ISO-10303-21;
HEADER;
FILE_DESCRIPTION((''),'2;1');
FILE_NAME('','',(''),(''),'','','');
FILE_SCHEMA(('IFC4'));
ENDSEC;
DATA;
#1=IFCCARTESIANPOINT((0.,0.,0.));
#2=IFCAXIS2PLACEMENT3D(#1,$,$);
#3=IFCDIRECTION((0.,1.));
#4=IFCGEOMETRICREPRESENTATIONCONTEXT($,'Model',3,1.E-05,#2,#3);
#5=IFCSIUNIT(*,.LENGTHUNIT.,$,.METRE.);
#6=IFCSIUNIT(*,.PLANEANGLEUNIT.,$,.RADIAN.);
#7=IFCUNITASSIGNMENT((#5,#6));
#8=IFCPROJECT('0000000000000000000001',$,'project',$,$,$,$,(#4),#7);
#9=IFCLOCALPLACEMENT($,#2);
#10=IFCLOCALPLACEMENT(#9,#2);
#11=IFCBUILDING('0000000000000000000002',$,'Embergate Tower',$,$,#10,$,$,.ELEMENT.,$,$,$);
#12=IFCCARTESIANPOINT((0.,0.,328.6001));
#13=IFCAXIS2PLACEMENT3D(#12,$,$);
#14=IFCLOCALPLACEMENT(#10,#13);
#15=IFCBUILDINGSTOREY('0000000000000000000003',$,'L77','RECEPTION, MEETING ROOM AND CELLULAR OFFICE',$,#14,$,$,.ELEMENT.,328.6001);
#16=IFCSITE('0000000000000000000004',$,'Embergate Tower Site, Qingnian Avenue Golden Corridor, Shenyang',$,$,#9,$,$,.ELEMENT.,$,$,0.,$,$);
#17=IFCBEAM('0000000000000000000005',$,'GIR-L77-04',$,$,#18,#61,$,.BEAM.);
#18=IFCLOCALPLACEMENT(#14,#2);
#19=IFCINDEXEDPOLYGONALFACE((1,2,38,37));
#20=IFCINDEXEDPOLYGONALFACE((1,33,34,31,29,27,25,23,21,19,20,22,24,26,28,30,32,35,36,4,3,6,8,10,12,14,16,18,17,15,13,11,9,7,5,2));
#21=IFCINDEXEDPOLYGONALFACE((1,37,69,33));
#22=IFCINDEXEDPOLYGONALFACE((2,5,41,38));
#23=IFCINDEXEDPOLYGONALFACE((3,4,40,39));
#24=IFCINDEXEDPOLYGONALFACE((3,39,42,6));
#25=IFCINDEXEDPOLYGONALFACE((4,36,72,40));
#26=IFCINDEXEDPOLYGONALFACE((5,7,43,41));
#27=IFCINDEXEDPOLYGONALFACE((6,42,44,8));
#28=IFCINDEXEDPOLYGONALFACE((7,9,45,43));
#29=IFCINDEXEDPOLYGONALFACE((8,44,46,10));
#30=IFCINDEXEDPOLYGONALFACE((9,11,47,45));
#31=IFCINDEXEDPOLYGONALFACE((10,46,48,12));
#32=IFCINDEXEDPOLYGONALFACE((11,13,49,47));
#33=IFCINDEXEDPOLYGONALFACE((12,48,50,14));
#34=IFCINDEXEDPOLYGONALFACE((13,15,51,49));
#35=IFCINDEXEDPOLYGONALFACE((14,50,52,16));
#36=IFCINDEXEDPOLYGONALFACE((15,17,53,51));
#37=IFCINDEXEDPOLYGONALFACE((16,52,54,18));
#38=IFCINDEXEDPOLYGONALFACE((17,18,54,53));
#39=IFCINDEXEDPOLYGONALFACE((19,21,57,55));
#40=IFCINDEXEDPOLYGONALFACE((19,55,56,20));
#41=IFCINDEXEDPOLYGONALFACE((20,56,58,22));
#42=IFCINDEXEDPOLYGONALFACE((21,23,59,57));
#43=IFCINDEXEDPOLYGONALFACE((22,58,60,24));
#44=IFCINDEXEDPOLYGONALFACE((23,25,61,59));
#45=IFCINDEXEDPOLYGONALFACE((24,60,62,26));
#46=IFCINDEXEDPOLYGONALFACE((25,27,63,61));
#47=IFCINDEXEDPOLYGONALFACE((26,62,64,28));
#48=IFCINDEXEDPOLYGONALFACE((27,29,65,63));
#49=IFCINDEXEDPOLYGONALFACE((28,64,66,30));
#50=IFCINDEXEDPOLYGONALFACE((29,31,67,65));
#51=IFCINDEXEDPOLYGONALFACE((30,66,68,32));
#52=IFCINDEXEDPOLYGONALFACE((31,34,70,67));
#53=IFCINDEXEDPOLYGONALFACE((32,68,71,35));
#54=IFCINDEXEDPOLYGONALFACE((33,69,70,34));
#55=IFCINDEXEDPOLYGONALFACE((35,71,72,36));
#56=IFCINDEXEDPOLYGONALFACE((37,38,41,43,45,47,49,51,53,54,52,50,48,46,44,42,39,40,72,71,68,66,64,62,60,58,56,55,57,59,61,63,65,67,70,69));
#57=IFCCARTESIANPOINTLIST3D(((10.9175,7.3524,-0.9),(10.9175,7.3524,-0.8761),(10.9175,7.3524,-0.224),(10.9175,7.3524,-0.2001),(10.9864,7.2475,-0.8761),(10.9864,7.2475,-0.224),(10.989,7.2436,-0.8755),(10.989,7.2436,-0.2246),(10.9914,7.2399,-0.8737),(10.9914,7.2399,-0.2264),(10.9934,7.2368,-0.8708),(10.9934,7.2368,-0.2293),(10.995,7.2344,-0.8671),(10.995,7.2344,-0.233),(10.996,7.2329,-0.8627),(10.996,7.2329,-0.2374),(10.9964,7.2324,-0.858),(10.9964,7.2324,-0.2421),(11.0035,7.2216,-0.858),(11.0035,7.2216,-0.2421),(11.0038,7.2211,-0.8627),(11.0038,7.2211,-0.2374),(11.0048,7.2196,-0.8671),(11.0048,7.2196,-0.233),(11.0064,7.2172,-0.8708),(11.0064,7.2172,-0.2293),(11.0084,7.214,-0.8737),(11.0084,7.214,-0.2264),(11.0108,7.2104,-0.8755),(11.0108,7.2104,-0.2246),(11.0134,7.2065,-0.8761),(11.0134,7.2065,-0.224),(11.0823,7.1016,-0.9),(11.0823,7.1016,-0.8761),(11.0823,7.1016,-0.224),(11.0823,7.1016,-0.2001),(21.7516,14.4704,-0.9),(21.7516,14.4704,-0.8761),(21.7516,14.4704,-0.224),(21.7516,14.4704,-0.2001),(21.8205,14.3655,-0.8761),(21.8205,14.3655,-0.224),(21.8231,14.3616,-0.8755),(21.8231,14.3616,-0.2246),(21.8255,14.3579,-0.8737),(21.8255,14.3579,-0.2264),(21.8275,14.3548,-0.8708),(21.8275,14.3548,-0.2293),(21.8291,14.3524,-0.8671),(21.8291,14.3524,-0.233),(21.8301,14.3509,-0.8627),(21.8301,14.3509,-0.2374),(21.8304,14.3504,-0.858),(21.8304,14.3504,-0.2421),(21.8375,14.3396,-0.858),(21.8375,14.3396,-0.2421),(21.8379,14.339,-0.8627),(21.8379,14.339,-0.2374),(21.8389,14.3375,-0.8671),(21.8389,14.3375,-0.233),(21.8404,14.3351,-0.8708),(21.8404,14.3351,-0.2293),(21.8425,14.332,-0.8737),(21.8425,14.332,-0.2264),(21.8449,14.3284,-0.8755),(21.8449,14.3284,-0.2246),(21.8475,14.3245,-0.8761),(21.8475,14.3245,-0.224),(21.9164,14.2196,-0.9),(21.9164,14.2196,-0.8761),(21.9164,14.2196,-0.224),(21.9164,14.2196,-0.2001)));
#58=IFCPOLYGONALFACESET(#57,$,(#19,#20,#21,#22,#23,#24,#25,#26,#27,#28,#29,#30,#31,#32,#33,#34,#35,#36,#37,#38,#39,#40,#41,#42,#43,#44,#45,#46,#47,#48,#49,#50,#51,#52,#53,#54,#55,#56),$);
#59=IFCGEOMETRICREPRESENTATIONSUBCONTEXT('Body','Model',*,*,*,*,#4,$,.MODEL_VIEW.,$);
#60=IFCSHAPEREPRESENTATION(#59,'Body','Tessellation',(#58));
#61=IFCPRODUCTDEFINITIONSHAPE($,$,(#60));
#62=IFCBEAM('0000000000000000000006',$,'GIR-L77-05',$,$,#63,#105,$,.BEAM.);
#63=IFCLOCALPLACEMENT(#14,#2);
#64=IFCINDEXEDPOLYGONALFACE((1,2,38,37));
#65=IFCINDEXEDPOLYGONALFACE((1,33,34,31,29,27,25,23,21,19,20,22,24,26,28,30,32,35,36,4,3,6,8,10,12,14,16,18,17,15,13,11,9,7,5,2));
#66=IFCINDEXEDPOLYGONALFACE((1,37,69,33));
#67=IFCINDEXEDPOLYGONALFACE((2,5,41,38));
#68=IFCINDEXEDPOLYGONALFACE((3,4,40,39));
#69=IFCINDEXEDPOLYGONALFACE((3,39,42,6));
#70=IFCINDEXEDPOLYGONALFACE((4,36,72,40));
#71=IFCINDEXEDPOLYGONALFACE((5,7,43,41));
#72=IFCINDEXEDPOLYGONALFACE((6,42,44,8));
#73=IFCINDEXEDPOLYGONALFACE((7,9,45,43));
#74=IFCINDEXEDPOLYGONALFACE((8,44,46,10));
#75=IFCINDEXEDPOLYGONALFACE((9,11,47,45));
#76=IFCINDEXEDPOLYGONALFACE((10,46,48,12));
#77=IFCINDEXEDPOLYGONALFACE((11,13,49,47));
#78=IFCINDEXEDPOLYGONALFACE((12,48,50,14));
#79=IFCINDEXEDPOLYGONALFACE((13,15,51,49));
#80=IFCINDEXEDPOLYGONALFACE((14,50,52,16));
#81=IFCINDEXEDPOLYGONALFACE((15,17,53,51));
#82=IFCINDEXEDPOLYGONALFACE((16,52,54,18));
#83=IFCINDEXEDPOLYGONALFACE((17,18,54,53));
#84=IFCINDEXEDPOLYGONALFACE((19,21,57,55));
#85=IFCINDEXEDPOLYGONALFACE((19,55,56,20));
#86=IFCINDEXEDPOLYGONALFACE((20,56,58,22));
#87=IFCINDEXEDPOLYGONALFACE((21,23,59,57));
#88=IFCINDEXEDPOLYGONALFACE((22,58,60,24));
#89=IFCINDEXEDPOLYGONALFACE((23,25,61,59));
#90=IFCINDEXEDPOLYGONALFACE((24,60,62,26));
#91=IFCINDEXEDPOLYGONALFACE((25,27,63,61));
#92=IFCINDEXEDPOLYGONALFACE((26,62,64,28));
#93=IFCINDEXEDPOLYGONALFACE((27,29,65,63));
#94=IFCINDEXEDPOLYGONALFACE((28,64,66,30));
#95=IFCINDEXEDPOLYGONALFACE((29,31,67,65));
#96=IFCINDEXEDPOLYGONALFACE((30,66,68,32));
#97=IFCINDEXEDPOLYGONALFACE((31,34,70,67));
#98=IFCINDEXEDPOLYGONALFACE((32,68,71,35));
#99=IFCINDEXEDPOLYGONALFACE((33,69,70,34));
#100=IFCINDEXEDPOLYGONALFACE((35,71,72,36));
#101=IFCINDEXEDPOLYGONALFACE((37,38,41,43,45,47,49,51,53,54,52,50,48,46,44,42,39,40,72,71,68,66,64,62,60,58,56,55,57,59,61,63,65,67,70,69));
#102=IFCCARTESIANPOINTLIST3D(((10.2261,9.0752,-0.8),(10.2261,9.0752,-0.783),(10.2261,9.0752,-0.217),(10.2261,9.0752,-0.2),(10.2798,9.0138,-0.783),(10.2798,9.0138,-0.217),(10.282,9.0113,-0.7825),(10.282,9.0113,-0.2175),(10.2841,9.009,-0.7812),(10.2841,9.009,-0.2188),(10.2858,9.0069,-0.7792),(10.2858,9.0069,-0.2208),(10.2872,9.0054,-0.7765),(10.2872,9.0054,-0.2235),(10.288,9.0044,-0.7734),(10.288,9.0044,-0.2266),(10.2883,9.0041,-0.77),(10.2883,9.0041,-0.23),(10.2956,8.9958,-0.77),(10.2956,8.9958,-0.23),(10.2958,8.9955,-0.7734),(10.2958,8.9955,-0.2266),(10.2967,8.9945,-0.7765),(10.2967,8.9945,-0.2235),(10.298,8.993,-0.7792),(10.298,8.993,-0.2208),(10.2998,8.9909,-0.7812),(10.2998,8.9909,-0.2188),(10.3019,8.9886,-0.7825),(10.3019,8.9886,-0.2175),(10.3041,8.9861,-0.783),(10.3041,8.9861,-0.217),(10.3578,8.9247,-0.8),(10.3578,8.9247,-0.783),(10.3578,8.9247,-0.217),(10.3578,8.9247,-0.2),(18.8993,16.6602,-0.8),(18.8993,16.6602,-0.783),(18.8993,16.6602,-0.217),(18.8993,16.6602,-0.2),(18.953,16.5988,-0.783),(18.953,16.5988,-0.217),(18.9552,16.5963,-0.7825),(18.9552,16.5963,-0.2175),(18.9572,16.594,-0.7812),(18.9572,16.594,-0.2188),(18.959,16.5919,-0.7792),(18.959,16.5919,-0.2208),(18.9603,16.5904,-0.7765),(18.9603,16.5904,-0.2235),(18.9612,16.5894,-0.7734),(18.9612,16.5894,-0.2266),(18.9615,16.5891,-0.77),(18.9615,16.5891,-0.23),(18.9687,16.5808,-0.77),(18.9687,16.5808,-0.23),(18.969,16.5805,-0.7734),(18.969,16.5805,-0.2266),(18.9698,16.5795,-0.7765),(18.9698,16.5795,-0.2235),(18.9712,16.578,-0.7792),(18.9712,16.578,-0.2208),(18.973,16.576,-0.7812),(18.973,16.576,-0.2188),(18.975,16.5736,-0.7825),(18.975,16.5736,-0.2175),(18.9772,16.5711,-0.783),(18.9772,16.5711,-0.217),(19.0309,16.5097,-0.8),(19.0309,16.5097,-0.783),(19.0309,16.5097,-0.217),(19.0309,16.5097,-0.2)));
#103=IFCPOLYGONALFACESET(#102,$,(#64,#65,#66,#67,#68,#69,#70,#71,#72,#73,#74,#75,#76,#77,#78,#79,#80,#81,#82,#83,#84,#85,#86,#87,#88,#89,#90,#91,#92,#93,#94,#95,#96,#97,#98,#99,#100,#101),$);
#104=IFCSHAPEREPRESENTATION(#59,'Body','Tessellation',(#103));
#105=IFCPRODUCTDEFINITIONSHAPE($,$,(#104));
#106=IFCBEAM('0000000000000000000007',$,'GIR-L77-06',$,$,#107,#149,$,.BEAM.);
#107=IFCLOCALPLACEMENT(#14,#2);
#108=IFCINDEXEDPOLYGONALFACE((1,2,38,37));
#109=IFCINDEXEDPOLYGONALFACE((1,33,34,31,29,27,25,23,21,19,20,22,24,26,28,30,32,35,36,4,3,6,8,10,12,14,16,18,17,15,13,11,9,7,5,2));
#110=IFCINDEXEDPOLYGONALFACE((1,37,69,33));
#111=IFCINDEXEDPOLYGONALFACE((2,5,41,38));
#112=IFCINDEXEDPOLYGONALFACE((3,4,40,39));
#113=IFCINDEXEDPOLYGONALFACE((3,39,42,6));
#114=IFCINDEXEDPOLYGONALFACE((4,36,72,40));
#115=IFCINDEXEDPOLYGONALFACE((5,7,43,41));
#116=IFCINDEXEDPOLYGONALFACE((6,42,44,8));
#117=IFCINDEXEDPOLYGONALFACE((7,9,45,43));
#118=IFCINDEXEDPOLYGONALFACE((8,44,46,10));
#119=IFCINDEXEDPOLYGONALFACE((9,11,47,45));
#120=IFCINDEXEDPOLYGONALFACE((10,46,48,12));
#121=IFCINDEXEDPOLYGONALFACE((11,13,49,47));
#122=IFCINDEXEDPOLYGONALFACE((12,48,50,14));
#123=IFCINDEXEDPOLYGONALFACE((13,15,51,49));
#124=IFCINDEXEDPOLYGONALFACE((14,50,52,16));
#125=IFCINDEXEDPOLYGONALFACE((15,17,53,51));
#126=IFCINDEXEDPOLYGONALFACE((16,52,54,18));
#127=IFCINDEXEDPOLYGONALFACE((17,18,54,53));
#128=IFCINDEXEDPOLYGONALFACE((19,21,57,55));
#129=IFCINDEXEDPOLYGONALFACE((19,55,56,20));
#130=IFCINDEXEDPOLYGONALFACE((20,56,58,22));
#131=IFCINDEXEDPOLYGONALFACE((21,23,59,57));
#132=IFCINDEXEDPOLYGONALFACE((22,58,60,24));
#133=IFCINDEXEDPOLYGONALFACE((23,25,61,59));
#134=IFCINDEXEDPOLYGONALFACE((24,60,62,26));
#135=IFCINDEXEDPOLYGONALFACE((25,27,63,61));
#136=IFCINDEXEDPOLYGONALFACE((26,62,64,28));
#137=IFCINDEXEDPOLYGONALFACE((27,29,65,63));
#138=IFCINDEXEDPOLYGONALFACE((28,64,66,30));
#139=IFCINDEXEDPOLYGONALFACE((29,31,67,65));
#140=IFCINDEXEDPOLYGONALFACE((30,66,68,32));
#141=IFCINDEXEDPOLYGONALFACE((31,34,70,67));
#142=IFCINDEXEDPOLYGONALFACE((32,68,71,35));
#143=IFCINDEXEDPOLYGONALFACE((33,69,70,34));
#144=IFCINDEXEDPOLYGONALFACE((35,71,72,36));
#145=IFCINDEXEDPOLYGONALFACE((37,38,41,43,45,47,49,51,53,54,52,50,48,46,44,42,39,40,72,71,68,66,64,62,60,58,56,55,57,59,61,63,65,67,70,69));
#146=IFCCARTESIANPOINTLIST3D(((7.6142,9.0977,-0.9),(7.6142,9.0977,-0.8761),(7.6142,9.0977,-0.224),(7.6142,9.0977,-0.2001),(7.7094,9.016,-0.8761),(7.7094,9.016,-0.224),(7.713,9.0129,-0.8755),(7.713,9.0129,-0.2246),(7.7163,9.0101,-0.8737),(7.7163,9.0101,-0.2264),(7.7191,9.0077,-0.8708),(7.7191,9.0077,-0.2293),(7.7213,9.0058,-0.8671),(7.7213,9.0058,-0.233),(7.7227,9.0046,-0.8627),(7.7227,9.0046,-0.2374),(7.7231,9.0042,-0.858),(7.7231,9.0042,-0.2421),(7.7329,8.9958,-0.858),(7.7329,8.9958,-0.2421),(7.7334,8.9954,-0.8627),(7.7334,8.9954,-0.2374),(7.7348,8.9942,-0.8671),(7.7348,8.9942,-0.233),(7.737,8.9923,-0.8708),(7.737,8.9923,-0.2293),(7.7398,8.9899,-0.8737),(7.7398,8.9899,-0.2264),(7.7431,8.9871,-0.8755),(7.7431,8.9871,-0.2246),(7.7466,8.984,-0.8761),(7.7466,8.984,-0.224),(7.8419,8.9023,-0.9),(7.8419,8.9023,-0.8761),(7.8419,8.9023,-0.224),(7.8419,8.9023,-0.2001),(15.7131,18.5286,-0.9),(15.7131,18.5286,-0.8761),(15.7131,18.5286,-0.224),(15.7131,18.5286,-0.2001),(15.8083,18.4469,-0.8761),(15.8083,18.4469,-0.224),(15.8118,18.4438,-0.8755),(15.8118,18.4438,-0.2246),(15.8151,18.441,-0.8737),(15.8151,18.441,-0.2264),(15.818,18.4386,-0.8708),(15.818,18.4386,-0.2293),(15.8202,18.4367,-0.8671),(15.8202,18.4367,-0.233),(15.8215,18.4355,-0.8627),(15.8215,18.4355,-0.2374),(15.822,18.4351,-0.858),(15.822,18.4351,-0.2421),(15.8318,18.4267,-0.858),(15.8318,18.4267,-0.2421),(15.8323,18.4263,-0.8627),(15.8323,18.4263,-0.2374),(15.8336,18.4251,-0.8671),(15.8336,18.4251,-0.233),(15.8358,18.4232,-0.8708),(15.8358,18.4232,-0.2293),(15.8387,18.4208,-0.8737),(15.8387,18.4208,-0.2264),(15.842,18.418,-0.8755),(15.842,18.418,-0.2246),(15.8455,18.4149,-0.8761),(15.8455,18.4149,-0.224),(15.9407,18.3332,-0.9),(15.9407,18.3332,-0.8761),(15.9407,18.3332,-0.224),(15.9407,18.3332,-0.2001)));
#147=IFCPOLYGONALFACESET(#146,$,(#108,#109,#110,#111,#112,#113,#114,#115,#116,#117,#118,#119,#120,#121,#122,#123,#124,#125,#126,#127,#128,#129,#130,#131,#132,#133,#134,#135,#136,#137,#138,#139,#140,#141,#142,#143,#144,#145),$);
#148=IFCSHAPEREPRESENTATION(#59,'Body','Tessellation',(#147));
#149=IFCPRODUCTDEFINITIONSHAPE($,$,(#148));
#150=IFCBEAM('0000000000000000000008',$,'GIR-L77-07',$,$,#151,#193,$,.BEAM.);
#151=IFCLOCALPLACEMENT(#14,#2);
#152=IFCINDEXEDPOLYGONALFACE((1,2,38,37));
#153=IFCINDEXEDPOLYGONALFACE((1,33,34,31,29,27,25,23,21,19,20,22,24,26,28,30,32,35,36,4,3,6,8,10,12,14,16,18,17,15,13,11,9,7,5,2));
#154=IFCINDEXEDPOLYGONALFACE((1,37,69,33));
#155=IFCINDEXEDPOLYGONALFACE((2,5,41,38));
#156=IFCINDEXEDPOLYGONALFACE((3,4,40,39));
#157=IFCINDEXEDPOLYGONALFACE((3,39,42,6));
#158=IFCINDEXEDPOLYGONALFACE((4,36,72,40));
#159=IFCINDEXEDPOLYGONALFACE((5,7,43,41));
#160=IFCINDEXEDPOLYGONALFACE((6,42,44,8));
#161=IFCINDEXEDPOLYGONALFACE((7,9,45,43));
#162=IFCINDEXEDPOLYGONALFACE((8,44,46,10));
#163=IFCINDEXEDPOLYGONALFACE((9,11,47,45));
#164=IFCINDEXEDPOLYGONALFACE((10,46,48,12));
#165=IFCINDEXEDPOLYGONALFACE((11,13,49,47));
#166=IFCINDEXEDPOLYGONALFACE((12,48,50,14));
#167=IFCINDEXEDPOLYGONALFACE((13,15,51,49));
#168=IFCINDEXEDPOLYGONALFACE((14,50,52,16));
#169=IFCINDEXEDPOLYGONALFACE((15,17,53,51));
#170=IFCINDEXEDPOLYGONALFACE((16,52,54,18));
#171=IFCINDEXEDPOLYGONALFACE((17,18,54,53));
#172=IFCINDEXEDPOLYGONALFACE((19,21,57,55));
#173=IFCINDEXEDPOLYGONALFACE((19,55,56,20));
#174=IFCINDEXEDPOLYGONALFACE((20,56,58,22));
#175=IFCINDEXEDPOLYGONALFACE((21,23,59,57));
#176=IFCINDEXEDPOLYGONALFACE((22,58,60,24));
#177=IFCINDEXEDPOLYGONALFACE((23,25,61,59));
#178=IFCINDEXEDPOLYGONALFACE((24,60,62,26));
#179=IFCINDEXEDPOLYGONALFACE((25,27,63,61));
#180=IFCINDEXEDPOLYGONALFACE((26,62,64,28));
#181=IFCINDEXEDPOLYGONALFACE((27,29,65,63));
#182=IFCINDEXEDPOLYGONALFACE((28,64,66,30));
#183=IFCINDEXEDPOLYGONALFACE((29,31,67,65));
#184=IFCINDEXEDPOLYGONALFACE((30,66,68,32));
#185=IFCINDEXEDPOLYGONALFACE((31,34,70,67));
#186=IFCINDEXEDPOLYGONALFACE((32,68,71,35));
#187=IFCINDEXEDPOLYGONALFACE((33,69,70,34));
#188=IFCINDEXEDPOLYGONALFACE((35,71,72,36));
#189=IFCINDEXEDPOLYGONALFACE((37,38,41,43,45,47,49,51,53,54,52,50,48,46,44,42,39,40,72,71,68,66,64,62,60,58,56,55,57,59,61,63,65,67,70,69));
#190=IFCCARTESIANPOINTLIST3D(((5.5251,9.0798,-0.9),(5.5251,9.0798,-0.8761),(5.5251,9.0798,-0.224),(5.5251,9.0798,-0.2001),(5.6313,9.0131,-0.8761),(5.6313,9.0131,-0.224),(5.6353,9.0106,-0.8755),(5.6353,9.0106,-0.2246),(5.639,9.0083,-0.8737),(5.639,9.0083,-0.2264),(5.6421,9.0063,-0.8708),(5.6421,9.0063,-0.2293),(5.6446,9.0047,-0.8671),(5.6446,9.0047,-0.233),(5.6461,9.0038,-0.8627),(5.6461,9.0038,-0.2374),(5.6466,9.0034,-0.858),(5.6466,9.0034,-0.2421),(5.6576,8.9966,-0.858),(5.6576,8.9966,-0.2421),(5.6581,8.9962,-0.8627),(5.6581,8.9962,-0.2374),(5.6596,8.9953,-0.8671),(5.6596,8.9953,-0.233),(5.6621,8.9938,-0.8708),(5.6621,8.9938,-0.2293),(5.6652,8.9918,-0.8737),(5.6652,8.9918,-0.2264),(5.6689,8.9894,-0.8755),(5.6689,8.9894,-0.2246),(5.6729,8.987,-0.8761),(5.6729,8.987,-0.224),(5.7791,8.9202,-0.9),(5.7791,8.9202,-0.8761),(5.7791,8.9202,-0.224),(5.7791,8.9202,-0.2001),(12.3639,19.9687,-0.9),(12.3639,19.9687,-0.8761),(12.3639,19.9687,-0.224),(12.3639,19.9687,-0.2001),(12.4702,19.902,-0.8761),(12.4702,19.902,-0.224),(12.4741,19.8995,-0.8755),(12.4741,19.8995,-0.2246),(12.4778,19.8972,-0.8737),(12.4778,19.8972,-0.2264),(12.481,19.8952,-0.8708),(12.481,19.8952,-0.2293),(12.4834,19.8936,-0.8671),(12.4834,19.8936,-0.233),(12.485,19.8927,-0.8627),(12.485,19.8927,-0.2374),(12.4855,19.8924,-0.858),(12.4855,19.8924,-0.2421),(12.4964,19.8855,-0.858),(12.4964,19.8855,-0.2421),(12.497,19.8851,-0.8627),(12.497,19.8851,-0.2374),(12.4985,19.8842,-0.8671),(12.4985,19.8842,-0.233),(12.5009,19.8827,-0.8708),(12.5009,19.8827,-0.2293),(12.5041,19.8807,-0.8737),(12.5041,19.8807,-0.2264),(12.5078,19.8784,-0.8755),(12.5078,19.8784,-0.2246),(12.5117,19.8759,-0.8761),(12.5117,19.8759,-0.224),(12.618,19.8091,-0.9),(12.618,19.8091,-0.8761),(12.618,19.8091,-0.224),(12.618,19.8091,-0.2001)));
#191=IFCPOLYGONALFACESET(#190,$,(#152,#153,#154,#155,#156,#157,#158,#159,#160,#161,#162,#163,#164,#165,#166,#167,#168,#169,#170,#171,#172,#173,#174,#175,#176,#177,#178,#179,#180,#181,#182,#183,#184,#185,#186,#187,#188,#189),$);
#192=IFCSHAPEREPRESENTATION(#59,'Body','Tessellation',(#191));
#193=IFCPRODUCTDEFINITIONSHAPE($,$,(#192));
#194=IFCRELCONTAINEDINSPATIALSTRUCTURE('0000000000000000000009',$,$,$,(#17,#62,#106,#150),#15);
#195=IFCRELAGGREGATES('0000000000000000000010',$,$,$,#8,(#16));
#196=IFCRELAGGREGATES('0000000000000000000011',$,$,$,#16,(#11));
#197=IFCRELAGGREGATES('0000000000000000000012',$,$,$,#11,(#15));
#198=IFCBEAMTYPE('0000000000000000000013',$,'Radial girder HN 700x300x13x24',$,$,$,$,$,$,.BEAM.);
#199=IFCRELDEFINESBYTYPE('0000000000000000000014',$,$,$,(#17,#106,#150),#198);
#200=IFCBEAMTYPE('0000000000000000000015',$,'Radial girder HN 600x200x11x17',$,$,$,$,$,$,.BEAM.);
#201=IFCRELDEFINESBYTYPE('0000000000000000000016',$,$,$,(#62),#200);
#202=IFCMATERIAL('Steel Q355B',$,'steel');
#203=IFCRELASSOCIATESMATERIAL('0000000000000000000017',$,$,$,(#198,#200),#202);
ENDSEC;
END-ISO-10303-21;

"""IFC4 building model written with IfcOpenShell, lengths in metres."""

from ifc_helpers import new_model, si_unit, direction, frame, origin, origin_2d, place, context, subcontext, project, spatial, i_section, extrude, source, transform, mapped, material, material_profile, profile_set, type_object, element, save


model = new_model("IFC4")

# Units and contexts
model_context = context("Model", 3, precision=1e-05, world=origin(), true_north=direction((0.0, 1.0)))
body_context = subcontext(model_context, "Body", "Model", "MODEL_VIEW")
ifc_project = project(units=[si_unit("LENGTHUNIT", "METRE"), si_unit("PLANEANGLEUNIT", "RADIAN")], contexts=[model_context])

# Site, building, storey
site_placement = place(None, origin())
site = spatial("IfcSite", under=ifc_project, at=site_placement, Name="Embergate Tower Site, Qingnian Avenue Golden Corridor, Shenyang", CompositionType="ELEMENT", RefElevation=0.0)
building_placement = place(site_placement, origin())
building = spatial("IfcBuilding", under=site, at=building_placement, Name="Embergate Tower", CompositionType="ELEMENT")
storey_placement = place(building_placement, frame((0.0, 0.0, 328.6001)))
storey = spatial("IfcBuildingStorey", under=building, at=storey_placement, Name="L77", Description="RECEPTION, MEETING ROOM AND CELLULAR OFFICE", CompositionType="ELEMENT", Elevation=328.6001)

# Beams
ifc_material_1 = material(Name="Steel Q355B", Category="steel")
ifc_material_profile_1 = material_profile(ifc_material_1, i_section(OverallWidth=0.3, OverallDepth=0.7, WebThickness=0.0129, FlangeThickness=0.0239, FilletRadius=0.0181, at=origin_2d()), Name="HN 700x300x13x24")
ifc_profile_set_1 = profile_set([ifc_material_profile_1], Name="Steel Q355 grade B")
beam_type_1 = type_object("IfcBeamType", Name="Radial girder HN 700x300x13x24", PredefinedType="BEAM", material=ifc_profile_set_1)
shared_shape_1 = source(origin(), body_context, "Body", "SweptSolid", [
    extrude(i_section(OverallWidth=0.3, OverallDepth=0.7, WebThickness=0.0129, FlangeThickness=0.0239, FilletRadius=0.0181, at=origin_2d()), origin(), (0.0, 0.0, 1.0), 12.9631),
])
beam_1_placement = place(storey_placement, frame((21.834, 14.345, -0.55), z_axis=(-0.835761, -0.549094, 0.0), x_axis=(0.549094, -0.835761, 0.0)))
element("IfcBeam", 1, at=beam_1_placement, inside=storey, type_object=beam_type_1, Name="GIR-L77-04", PredefinedType="BEAM", context=body_context, shape_type="MappedRepresentation", body=[
    mapped(shared_shape_1, transform((0.0, 0.0, 0.0))),
])
ifc_material_profile_2 = material_profile(ifc_material_1, i_section(OverallWidth=0.2, OverallDepth=0.6001, WebThickness=0.011, FlangeThickness=0.0171, FilletRadius=0.0129, at=origin_2d()), Name="HN 600x200x11x17")
ifc_profile_set_2 = profile_set([ifc_material_profile_2], Name="Steel Q355 grade B")
beam_type_2 = type_object("IfcBeamType", Name="Radial girder HN 600x200x11x17", PredefinedType="BEAM", material=ifc_profile_set_2)
shared_shape_2 = source(origin(), body_context, "Body", "SweptSolid", [
    extrude(i_section(OverallWidth=0.2, OverallDepth=0.6001, WebThickness=0.011, FlangeThickness=0.0171, FilletRadius=0.0129, at=origin_2d()), origin(), (0.0, 0.0, 1.0), 11.522),
])
beam_2_placement = place(storey_placement, frame((18.9651, 16.585, -0.5), z_axis=(-0.752749, -0.658308, 0.0), x_axis=(0.658308, -0.752749, 0.0)))
element("IfcBeam", 2, at=beam_2_placement, inside=storey, type_object=beam_type_2, Name="GIR-L77-05", PredefinedType="BEAM", context=body_context, shape_type="MappedRepresentation", body=[
    mapped(shared_shape_2, transform((0.0, 0.0, 0.0))),
])
shared_shape_3 = source(origin(), body_context, "Body", "SweptSolid", [
    extrude(i_section(OverallWidth=0.3, OverallDepth=0.7, WebThickness=0.0129, FlangeThickness=0.0239, FilletRadius=0.0181, at=origin_2d()), origin(), (0.0, 0.0, 1.0), 12.4312),
])
beam_3_placement = place(storey_placement, frame((15.8269, 18.4309, -0.55), z_axis=(-0.651498, -0.75865, 0.0), x_axis=(0.75865, -0.651498, 0.0)))
element("IfcBeam", 3, at=beam_3_placement, inside=storey, type_object=beam_type_1, Name="GIR-L77-06", PredefinedType="BEAM", context=body_context, shape_type="MappedRepresentation", body=[
    mapped(shared_shape_3, transform((0.0, 0.0, 0.0))),
])
shared_shape_4 = source(origin(), body_context, "Body", "SweptSolid", [
    extrude(i_section(OverallWidth=0.3, OverallDepth=0.7, WebThickness=0.0129, FlangeThickness=0.0239, FilletRadius=0.0181, at=origin_2d()), origin(), (0.0, 0.0, 1.0), 12.8584),
])
beam_4_placement = place(storey_placement, frame((12.491, 19.8889, -0.55), z_axis=(-0.53186, -0.846833, 0.0), x_axis=(0.846833, -0.53186, 0.0)))
element("IfcBeam", 4, at=beam_4_placement, inside=storey, type_object=beam_type_1, Name="GIR-L77-07", PredefinedType="BEAM", context=body_context, shape_type="MappedRepresentation", body=[
    mapped(shared_shape_4, transform((0.0, 0.0, 0.0))),
])

save(model, "model.ifc")
